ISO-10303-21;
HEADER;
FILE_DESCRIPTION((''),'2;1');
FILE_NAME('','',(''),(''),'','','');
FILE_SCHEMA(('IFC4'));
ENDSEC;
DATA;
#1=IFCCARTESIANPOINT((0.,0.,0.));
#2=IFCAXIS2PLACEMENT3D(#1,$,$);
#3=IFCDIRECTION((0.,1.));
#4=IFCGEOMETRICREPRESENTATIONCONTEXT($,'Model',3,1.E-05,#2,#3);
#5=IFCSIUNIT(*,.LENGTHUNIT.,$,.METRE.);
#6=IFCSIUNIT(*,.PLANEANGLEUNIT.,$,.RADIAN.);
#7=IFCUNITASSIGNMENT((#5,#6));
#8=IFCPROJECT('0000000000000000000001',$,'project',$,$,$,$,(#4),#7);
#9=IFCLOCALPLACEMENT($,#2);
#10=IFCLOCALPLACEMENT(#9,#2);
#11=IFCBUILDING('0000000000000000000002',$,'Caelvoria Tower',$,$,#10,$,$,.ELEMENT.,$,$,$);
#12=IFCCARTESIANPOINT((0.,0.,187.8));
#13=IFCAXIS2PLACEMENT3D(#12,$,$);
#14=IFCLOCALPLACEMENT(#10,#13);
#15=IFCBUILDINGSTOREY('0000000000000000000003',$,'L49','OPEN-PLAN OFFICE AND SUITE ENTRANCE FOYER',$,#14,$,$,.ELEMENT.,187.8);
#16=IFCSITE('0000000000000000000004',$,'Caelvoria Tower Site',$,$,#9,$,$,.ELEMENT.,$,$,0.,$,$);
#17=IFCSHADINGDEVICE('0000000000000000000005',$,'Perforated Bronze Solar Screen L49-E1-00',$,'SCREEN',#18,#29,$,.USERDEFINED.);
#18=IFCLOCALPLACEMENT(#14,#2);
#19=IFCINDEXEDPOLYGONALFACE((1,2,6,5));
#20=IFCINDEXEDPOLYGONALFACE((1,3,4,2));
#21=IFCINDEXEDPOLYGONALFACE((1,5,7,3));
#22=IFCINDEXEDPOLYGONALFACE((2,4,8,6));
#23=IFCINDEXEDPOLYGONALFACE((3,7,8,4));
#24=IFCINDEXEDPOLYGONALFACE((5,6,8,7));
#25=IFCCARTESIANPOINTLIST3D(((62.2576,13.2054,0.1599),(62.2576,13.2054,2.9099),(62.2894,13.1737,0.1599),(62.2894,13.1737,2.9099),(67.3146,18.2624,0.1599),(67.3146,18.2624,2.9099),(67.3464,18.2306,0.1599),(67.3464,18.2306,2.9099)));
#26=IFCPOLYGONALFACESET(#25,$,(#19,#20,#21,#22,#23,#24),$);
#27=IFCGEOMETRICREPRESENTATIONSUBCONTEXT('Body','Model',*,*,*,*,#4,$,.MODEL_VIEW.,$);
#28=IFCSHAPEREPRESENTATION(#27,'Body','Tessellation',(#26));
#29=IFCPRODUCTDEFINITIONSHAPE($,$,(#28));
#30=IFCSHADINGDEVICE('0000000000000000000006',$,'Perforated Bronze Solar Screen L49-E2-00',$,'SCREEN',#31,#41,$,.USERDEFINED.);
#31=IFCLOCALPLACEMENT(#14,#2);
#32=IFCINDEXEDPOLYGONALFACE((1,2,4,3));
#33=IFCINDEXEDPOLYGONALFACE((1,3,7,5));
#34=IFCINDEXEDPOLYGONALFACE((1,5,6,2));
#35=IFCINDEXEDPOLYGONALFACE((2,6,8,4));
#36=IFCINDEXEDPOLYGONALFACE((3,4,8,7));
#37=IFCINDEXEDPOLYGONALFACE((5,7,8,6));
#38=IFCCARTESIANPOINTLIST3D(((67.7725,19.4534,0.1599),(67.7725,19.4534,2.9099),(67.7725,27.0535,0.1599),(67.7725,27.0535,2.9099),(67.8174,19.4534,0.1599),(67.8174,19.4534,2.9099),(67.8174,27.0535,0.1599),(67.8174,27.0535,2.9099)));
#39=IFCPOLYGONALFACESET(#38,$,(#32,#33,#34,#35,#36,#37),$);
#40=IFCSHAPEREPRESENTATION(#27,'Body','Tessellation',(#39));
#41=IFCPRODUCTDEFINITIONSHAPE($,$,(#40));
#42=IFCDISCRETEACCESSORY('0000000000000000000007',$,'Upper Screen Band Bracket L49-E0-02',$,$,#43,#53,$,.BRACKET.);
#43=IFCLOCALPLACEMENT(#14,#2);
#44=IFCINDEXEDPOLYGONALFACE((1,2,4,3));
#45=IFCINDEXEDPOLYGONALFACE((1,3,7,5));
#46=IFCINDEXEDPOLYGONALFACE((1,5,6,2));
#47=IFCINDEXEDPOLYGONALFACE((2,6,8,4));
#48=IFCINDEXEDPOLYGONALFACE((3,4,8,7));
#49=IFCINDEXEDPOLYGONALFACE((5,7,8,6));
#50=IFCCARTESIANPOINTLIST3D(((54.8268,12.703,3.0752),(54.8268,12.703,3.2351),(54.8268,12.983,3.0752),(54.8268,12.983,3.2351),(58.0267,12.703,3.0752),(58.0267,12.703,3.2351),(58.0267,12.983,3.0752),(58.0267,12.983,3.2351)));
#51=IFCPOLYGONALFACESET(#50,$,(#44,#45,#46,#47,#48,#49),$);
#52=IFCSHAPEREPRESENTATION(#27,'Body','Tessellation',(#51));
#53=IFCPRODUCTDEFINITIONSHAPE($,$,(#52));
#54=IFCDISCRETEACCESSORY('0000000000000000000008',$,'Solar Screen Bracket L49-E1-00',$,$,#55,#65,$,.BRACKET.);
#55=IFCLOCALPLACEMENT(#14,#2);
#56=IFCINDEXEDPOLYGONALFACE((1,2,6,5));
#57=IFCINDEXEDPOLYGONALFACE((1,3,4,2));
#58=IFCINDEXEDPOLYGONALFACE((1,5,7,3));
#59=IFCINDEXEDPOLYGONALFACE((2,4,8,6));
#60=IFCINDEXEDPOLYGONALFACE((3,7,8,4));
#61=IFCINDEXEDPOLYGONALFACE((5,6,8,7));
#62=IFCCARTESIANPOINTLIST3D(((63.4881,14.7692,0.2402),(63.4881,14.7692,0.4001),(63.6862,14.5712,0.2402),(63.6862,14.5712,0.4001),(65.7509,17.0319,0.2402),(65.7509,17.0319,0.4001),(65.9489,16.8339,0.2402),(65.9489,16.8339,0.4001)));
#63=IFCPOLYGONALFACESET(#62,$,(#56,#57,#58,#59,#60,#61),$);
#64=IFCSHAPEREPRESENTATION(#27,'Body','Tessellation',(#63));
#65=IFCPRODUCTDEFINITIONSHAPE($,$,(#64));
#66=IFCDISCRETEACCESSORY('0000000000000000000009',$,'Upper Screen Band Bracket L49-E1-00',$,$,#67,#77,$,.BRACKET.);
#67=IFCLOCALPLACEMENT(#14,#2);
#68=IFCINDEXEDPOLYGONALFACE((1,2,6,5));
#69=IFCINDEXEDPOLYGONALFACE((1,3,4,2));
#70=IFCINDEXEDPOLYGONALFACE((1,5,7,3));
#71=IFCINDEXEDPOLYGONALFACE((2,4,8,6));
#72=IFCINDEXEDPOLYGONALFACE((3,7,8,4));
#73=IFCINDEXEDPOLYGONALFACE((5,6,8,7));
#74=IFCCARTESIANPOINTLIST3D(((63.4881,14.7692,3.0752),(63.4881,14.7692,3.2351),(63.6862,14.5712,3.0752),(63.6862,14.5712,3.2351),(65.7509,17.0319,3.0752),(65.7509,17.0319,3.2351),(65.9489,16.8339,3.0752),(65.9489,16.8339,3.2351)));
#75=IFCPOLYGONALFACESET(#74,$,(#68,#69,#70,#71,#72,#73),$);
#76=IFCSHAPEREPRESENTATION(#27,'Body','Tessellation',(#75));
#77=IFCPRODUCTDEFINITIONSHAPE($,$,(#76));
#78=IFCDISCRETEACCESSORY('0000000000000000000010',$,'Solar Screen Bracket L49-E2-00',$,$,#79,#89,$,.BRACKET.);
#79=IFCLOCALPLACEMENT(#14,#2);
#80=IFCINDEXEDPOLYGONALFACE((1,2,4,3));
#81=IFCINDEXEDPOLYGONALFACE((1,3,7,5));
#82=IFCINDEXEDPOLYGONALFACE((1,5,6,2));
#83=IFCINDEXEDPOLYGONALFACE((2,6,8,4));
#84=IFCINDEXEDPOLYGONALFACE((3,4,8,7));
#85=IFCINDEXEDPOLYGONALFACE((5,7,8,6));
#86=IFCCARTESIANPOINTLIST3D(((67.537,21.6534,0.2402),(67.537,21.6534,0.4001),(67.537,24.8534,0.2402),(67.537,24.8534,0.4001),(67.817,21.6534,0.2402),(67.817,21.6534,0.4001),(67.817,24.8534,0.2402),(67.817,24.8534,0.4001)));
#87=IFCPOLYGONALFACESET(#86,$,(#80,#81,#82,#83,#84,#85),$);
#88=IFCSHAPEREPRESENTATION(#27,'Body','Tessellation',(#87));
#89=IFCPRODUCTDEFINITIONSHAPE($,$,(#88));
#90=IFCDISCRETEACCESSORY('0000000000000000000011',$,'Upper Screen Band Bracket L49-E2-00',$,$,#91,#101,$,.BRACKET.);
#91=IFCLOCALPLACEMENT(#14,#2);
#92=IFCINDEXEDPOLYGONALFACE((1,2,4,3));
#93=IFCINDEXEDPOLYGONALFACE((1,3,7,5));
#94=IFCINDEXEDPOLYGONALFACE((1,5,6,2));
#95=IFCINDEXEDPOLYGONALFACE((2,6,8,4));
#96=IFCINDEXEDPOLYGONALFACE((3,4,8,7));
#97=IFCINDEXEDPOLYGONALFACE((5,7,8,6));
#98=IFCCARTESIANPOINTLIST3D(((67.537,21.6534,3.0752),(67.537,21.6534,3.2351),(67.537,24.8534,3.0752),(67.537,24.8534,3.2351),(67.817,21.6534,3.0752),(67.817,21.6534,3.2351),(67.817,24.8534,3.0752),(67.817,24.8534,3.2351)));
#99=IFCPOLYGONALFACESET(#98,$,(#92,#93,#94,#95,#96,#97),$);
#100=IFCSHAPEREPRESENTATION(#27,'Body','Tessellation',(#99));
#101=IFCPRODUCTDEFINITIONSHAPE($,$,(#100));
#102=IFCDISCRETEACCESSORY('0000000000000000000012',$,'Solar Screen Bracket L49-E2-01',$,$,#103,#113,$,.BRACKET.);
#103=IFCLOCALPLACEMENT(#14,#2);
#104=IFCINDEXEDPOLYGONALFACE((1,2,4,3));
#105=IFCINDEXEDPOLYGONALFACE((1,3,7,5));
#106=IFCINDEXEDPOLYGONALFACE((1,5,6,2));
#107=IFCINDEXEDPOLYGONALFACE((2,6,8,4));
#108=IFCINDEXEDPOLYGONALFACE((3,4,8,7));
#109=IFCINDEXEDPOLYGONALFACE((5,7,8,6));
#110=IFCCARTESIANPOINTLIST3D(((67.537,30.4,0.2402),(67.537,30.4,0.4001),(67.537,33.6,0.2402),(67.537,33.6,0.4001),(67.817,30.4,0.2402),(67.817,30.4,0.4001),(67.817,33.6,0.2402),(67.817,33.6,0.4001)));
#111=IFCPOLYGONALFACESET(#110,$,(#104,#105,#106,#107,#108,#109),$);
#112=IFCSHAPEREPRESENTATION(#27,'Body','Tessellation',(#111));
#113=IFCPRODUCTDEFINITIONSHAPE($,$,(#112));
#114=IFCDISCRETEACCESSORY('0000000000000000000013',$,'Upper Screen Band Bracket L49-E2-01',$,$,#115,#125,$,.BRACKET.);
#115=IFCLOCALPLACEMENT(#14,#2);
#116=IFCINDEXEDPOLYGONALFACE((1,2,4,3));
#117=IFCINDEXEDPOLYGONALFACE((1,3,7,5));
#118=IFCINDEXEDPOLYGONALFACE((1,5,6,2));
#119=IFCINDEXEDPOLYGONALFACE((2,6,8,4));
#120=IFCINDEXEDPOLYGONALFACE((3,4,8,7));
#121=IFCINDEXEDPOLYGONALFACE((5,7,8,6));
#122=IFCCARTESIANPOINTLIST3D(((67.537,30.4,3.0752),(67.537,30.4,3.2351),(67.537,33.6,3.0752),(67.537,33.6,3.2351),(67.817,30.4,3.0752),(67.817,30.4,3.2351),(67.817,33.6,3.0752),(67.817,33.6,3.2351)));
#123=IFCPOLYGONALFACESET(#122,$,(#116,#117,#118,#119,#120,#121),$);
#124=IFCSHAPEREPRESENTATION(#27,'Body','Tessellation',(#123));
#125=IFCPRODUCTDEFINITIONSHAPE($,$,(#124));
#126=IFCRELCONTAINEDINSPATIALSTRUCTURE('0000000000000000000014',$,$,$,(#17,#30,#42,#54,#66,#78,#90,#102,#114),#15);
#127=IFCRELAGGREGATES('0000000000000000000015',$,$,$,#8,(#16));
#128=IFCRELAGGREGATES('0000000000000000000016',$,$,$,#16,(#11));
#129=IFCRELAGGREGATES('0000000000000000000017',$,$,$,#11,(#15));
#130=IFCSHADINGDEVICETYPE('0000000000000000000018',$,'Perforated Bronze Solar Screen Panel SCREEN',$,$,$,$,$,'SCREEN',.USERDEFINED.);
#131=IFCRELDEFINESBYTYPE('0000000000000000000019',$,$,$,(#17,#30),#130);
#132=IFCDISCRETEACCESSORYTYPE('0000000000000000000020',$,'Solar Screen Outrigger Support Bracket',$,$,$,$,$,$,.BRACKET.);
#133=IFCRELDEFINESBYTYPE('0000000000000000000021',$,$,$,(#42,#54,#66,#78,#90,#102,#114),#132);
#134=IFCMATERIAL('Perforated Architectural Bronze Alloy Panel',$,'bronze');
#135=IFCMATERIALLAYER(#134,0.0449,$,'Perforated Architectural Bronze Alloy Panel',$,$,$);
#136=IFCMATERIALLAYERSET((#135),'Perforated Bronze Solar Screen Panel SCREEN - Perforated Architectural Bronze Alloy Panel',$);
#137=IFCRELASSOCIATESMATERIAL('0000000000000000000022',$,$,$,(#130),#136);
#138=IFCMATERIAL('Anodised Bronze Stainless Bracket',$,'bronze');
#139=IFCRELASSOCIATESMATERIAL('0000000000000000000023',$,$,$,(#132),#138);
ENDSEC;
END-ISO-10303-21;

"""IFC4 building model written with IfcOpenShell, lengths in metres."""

from ifc_helpers import new_model, si_unit, direction, frame, origin, origin_2d, place, context, subcontext, project, spatial, rectangle, extrude, material, layer, layer_set, type_object, element, save


model = new_model("IFC4")

# Units and contexts
model_context = context("Model", 3, precision=1e-05, world=origin(), true_north=direction((0.0, 1.0)))
body_context = subcontext(model_context, "Body", "Model", "MODEL_VIEW")
ifc_project = project(units=[si_unit("LENGTHUNIT", "METRE"), si_unit("PLANEANGLEUNIT", "RADIAN")], contexts=[model_context])

# Site, building, storey
site_placement = place(None, origin())
site = spatial("IfcSite", under=ifc_project, at=site_placement, Name="Caelvoria Tower Site", CompositionType="ELEMENT", RefElevation=0.0)
building_placement = place(site_placement, origin())
building = spatial("IfcBuilding", under=site, at=building_placement, Name="Caelvoria Tower", CompositionType="ELEMENT")
storey_placement = place(building_placement, frame((0.0, 0.0, 187.8)))
storey = spatial("IfcBuildingStorey", under=building, at=storey_placement, Name="L49", Description="OPEN-PLAN OFFICE AND SUITE ENTRANCE FOYER", CompositionType="ELEMENT", Elevation=187.8)

# Shading devices
ifc_material_1 = material(Name="Perforated Architectural Bronze Alloy Panel", Category="bronze")
ifc_layer_1 = layer(ifc_material_1, 0.0449, Name="Perforated Architectural Bronze Alloy Panel")
ifc_layer_set_1 = layer_set([ifc_layer_1], Name="Perforated Bronze Solar Screen Panel SCREEN - Perforated Architectural Bronze Alloy Panel")
shading_device_type = type_object("IfcShadingDeviceType", Name="Perforated Bronze Solar Screen Panel SCREEN", ElementType="SCREEN", PredefinedType="USERDEFINED", material=ifc_layer_set_1)
shading_device_1_placement = place(storey_placement, frame((64.802, 15.718, 0.1599), z_axis=(0.0, 0.0, 1.0), x_axis=(0.707107, 0.707107, 0.0)))
element("IfcShadingDevice", 1, at=shading_device_1_placement, inside=storey, type_object=shading_device_type, Name="Perforated Bronze Solar Screen L49-E1-00", ObjectType="SCREEN", PredefinedType="USERDEFINED", context=body_context, shape_type="SweptSolid", body=[
    extrude(rectangle(XDim=7.1516, YDim=0.0449, at=origin_2d()), origin(), (0.0, 0.0, 1.0), 2.75),
])
shading_device_2_placement = place(storey_placement, frame((67.7949, 23.2534, 0.1599), z_axis=(0.0, 0.0, 1.0), x_axis=(0.0, 1.0, 0.0)))
element("IfcShadingDevice", 2, at=shading_device_2_placement, inside=storey, type_object=shading_device_type, Name="Perforated Bronze Solar Screen L49-E2-00", ObjectType="SCREEN", PredefinedType="USERDEFINED", context=body_context, shape_type="SweptSolid", body=[
    extrude(rectangle(XDim=7.6001, YDim=0.0449, at=origin_2d()), origin(), (0.0, 0.0, 1.0), 2.75),
])

# Discrete accessories
ifc_material_2 = material(Name="Anodised Bronze Stainless Bracket", Category="bronze")
discrete_accessory_type = type_object("IfcDiscreteAccessoryType", Name="Solar Screen Outrigger Support Bracket", PredefinedType="BRACKET", material=ifc_material_2)
for number, where, z_axis, x_axis, name in (
    (3, (56.4268, 12.843, 3.0752), (0.0, 0.0, 1.0), (1.0, 0.0, 0.0), "Upper Screen Band Bracket L49-E0-02"),
    (4, (64.7185, 15.8015, 0.2402), (0.0, 0.0, 1.0), (0.707107, 0.707107, 0.0), "Solar Screen Bracket L49-E1-00"),
    (5, (64.7185, 15.8015, 3.0752), (0.0, 0.0, 1.0), (0.707107, 0.707107, 0.0), "Upper Screen Band Bracket L49-E1-00"),
    (6, (67.677, 23.2534, 0.2402), (0.0, 0.0, 1.0), (0.0, 1.0, 0.0), "Solar Screen Bracket L49-E2-00"),
    (7, (67.677, 23.2534, 3.0752), (0.0, 0.0, 1.0), (0.0, 1.0, 0.0), "Upper Screen Band Bracket L49-E2-00"),
    (8, (67.677, 32.0, 0.2402), (0.0, 0.0, 1.0), (0.0, 1.0, 0.0), "Solar Screen Bracket L49-E2-01"),
    (9, (67.677, 32.0, 3.0752), (0.0, 0.0, 1.0), (0.0, 1.0, 0.0), "Upper Screen Band Bracket L49-E2-01"),
):
    element("IfcDiscreteAccessory", number, at=place(storey_placement, frame(where, z_axis=z_axis, x_axis=x_axis)), inside=storey, type_object=discrete_accessory_type, Name=name, PredefinedType="BRACKET", context=body_context, shape_type="SweptSolid", body=[
        extrude(rectangle(XDim=3.2, YDim=0.28, at=origin_2d()), origin(), (0.0, 0.0, 1.0), 0.1599),
    ])

save(model, "model.ifc")
